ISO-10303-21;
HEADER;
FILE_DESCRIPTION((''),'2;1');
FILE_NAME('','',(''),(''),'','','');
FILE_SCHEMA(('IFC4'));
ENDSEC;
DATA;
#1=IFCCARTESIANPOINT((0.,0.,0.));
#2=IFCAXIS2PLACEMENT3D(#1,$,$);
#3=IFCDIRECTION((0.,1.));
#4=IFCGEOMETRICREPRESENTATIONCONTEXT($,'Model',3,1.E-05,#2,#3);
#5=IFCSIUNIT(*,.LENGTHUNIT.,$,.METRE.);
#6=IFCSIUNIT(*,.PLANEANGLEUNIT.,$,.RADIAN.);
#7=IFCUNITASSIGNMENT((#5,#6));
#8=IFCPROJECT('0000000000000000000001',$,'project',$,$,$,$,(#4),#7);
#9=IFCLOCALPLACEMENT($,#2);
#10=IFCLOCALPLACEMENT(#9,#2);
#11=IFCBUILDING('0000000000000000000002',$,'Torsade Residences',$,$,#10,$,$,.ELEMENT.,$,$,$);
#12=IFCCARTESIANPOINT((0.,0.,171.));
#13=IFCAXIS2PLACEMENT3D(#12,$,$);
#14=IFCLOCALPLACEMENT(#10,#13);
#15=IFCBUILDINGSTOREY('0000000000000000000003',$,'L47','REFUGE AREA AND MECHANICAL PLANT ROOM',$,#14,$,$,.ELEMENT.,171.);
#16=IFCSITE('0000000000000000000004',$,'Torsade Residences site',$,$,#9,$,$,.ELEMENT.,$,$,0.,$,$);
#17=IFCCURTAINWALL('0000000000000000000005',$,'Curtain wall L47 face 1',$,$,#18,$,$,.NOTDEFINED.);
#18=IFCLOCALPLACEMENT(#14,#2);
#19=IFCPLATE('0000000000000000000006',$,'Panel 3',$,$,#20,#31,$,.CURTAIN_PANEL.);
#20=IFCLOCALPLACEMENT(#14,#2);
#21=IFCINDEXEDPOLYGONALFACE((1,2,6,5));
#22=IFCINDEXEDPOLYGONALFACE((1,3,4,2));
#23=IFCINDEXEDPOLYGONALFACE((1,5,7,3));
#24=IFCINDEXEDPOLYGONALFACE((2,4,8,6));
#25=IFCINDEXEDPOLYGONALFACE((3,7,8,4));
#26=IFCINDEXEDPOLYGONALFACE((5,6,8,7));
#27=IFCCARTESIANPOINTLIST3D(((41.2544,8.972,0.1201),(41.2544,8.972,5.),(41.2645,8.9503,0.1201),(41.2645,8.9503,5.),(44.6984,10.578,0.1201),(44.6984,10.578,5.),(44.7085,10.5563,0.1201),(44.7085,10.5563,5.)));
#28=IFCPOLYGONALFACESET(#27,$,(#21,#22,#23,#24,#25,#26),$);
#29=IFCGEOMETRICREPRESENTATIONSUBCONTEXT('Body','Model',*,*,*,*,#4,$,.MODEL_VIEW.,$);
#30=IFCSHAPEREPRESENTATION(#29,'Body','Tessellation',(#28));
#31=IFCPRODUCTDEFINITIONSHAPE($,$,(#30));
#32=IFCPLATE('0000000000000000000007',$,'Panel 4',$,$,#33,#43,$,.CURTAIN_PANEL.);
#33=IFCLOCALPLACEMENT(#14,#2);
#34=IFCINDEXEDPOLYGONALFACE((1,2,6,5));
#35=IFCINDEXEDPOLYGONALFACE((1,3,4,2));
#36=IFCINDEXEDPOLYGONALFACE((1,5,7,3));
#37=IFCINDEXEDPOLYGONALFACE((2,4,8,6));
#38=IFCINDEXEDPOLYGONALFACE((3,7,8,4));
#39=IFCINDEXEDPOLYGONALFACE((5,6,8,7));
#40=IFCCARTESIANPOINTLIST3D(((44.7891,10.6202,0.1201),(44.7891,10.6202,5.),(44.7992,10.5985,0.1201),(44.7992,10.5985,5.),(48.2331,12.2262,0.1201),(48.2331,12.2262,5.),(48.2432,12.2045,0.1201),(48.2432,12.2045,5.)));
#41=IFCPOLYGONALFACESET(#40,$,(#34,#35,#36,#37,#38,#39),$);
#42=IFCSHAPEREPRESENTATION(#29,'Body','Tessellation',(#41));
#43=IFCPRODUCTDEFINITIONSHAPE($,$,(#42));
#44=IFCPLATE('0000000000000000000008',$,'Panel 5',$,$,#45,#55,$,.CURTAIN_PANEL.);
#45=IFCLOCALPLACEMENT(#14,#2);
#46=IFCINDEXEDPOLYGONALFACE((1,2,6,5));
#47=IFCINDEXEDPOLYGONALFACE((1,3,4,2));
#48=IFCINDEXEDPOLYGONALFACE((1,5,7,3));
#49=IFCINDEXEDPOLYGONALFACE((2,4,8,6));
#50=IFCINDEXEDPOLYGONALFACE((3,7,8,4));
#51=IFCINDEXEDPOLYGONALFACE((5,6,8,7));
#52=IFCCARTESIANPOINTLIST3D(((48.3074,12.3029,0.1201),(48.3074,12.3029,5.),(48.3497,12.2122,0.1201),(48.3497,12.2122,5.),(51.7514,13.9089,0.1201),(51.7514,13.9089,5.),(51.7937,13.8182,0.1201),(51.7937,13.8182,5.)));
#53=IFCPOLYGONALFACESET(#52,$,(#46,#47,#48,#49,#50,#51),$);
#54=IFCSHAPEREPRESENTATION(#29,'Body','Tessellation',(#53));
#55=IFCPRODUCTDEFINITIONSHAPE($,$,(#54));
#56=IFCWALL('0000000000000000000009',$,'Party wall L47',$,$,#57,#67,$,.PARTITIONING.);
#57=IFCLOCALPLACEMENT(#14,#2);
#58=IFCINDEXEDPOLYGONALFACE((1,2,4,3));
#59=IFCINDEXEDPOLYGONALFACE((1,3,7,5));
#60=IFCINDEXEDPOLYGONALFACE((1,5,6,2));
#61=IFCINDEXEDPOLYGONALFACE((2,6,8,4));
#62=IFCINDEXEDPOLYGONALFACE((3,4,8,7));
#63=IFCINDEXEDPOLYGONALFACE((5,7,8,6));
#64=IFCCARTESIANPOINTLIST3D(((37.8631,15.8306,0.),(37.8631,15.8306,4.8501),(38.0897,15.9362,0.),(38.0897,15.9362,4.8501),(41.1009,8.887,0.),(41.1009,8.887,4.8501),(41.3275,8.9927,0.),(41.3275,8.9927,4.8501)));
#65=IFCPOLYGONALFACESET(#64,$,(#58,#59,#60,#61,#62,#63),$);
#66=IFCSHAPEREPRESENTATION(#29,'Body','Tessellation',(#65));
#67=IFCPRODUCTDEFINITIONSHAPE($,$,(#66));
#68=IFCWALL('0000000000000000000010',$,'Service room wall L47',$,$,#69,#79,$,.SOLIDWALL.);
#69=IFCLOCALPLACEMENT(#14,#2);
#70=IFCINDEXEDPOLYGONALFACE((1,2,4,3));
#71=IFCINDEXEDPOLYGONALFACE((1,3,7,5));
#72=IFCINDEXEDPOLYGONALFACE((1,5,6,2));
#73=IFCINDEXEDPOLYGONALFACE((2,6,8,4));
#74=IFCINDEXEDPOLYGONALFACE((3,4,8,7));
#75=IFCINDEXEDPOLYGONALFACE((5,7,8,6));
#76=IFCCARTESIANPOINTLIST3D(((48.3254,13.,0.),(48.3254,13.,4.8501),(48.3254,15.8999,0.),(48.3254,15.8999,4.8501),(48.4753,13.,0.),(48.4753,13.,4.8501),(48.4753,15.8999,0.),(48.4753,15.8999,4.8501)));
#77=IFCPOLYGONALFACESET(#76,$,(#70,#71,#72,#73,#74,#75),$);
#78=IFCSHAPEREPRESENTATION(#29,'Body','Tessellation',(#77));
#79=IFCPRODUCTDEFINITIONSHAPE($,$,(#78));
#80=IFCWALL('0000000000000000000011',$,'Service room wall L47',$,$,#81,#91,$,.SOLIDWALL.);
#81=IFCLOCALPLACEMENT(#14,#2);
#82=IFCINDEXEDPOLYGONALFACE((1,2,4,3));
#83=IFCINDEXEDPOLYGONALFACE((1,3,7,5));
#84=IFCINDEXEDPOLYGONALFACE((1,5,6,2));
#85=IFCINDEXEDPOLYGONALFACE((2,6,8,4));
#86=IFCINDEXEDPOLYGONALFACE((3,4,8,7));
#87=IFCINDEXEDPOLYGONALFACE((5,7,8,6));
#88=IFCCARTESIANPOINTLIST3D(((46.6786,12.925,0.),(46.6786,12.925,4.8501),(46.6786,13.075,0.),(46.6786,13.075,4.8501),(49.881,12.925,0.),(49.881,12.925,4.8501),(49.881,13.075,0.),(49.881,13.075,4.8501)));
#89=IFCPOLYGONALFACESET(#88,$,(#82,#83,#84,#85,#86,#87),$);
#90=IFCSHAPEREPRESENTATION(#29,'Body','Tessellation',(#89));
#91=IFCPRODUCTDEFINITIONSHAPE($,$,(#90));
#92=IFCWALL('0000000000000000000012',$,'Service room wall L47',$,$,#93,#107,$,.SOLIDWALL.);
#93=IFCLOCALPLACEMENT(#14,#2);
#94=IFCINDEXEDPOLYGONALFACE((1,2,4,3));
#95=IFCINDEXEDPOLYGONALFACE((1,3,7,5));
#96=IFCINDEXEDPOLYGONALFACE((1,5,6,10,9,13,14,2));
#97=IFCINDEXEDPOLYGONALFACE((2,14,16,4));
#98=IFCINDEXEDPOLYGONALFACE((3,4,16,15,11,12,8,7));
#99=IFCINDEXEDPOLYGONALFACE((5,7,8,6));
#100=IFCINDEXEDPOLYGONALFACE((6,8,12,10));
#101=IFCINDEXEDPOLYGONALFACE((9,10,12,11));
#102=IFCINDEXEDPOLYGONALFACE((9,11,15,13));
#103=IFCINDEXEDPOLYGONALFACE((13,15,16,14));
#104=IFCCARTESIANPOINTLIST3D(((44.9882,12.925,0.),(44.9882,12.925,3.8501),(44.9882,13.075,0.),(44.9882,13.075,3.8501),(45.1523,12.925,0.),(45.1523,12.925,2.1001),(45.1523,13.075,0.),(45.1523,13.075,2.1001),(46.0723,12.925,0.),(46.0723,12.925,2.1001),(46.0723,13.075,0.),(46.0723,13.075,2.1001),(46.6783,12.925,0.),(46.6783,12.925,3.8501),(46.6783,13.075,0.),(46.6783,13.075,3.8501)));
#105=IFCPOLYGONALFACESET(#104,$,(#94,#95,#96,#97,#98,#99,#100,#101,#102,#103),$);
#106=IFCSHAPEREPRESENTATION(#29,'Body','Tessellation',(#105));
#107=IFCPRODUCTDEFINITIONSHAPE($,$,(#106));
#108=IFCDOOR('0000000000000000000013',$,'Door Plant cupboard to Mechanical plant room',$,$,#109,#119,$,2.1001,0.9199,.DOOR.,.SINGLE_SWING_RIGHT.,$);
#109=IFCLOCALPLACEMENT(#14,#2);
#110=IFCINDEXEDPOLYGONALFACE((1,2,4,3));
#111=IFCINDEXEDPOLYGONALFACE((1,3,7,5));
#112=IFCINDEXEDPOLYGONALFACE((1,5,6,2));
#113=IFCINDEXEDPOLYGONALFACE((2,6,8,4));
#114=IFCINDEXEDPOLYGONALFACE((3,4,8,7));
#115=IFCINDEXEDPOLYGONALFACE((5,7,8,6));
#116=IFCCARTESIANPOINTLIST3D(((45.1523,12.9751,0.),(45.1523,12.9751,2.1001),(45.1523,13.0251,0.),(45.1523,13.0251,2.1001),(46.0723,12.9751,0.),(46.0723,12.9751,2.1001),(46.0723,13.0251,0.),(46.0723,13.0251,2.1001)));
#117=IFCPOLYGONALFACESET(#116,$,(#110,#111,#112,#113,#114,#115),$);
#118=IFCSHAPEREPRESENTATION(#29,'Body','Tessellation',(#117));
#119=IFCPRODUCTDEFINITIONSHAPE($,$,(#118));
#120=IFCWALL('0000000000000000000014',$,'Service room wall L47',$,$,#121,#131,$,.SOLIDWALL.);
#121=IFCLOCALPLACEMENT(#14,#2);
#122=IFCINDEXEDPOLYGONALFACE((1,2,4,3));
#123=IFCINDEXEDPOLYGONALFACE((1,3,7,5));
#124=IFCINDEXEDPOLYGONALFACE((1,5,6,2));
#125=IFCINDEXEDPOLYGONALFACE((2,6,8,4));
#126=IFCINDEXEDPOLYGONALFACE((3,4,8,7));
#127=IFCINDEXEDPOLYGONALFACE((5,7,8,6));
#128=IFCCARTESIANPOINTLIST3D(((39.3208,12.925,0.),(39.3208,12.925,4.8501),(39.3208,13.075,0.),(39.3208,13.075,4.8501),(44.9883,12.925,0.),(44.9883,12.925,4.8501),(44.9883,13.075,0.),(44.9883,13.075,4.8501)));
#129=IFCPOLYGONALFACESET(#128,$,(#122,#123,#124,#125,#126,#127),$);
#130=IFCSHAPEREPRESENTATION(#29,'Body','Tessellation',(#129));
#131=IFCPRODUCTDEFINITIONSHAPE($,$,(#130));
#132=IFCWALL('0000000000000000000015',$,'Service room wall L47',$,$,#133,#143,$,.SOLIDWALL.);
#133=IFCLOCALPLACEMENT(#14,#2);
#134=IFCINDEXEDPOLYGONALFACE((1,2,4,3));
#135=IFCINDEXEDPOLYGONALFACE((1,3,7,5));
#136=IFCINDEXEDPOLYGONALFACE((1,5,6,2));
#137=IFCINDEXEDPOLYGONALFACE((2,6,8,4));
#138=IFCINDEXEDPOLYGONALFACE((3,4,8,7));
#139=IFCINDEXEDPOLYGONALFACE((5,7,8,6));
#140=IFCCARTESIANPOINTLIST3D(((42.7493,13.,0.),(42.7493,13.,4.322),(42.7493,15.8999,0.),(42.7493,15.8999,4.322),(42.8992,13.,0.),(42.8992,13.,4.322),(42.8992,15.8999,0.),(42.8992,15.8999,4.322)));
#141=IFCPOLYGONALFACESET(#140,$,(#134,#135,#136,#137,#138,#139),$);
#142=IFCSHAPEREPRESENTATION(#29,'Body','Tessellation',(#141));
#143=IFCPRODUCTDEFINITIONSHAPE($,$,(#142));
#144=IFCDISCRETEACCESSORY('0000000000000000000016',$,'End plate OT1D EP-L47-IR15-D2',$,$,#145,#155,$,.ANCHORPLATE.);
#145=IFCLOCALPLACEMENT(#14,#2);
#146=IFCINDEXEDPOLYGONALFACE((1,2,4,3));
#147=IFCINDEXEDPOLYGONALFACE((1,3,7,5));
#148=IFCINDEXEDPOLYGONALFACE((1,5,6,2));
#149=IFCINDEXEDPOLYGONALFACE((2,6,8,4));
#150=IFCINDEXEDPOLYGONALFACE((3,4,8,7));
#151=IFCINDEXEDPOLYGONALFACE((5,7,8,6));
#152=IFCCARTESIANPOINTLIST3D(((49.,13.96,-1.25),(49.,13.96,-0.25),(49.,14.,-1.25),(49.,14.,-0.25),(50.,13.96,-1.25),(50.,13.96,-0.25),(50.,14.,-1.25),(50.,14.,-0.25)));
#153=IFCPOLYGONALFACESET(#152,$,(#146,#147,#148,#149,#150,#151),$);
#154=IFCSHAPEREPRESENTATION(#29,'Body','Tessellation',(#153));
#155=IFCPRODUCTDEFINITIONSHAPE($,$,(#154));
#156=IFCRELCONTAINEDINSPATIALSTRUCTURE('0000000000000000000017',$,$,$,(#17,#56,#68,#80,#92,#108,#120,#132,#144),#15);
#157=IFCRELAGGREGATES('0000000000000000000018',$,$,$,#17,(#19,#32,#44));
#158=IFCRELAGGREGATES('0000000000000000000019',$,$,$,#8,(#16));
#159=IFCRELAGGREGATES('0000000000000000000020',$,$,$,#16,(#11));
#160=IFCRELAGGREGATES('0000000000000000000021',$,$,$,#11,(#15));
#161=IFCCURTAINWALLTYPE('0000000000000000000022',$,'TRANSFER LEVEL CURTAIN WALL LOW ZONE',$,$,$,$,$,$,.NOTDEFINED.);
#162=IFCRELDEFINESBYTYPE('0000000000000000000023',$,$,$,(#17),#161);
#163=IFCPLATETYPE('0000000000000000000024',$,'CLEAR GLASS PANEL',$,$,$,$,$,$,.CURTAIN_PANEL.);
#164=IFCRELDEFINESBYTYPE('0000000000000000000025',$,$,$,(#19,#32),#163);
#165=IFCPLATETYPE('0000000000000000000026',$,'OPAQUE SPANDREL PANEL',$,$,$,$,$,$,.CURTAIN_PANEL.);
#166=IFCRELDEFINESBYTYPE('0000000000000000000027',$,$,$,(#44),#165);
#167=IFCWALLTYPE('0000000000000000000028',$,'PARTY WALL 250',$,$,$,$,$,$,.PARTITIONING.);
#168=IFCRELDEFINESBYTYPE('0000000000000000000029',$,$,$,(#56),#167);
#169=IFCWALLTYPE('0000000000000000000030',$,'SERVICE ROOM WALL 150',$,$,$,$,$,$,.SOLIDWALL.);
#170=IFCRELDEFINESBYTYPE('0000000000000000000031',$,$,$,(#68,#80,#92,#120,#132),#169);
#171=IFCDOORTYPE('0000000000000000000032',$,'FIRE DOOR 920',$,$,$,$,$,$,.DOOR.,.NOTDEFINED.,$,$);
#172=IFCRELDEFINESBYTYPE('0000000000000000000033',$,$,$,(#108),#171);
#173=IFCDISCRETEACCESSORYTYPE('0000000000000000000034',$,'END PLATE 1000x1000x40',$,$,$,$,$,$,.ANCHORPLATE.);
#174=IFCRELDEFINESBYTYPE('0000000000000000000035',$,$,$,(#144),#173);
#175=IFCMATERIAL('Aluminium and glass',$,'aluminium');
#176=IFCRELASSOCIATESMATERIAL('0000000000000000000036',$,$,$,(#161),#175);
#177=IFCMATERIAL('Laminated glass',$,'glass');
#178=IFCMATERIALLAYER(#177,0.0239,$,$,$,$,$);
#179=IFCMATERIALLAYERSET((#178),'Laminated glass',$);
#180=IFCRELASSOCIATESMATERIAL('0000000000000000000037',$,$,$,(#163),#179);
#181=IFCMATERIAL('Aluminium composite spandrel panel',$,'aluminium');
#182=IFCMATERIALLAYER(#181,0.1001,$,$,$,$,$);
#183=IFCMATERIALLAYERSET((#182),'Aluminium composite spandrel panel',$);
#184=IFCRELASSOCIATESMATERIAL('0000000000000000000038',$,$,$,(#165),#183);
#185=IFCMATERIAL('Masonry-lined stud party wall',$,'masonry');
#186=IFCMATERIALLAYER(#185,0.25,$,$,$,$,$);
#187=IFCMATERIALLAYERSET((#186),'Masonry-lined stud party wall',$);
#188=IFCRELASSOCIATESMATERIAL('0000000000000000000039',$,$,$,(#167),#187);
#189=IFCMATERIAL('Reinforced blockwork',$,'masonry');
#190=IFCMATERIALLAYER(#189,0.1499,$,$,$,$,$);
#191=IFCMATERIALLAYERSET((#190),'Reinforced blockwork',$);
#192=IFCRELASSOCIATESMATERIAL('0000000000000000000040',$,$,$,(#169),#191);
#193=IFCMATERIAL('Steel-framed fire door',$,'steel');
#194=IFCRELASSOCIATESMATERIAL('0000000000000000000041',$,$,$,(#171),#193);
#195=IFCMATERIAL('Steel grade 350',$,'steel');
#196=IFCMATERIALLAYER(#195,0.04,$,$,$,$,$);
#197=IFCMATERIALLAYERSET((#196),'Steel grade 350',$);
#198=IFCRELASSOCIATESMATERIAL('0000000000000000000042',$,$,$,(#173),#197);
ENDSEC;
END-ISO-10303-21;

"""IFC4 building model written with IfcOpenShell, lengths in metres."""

from ifc_helpers import new_model, si_unit, direction, frame, frame_2d, origin, origin_2d, place, context, subcontext, project, spatial, rectangle, extrude, material, layer, layer_set, type_object, element, fill, aggregate, save


model = new_model("IFC4")

# Units and contexts
model_context = context("Model", 3, precision=1e-05, world=origin(), true_north=direction((0.0, 1.0)))
body_context = subcontext(model_context, "Body", "Model", "MODEL_VIEW")
ifc_project = project(units=[si_unit("LENGTHUNIT", "METRE"), si_unit("PLANEANGLEUNIT", "RADIAN")], contexts=[model_context])

# Site, building, storey
site_placement = place(None, origin())
site = spatial("IfcSite", under=ifc_project, at=site_placement, Name="Torsade Residences site", CompositionType="ELEMENT", RefElevation=0.0)
building_placement = place(site_placement, origin())
building = spatial("IfcBuilding", under=site, at=building_placement, Name="Torsade Residences", CompositionType="ELEMENT")
storey_placement = place(building_placement, frame((0.0, 0.0, 171.0)))
storey = spatial("IfcBuildingStorey", under=building, at=storey_placement, Name="L47", Description="REFUGE AREA AND MECHANICAL PLANT ROOM", CompositionType="ELEMENT", Elevation=171.0)

# Curtain wall
ifc_material_1 = material(Name="Aluminium and glass", Category="aluminium")
curtain_wall_type = type_object("IfcCurtainWallType", Name="TRANSFER LEVEL CURTAIN WALL LOW ZONE", PredefinedType="NOTDEFINED", material=ifc_material_1)
curtain_wall_placement = place(storey_placement, origin())
curtain_wall = element("IfcCurtainWall", 1, at=curtain_wall_placement, inside=storey, type_object=curtain_wall_type, Name="Curtain wall L47 face 1", PredefinedType="NOTDEFINED")

# Plates
ifc_material_2 = material(Name="Laminated glass", Category="glass")
ifc_layer_1 = layer(ifc_material_2, 0.0239)
ifc_layer_set_1 = layer_set([ifc_layer_1], Name="Laminated glass")
plate_type_1 = type_object("IfcPlateType", Name="CLEAR GLASS PANEL", PredefinedType="CURTAIN_PANEL", material=ifc_layer_set_1)
plate_1_placement = place(storey_placement, frame((42.9814, 9.7642, 0.1201), z_axis=(0.0, 0.0, 1.0), x_axis=(0.906308, 0.422618, 0.0)))
plate_1 = element("IfcPlate", 2, at=plate_1_placement, type_object=plate_type_1, Name="Panel 3", PredefinedType="CURTAIN_PANEL", context=body_context, shape_type="SweptSolid", body=[
    extrude(rectangle(XDim=3.8, YDim=0.0239, at=origin_2d()), origin(), (0.0, 0.0, 1.0), 4.8799),
])
plate_2_placement = place(storey_placement, frame((46.5161, 11.4124, 0.1201), z_axis=(0.0, 0.0, 1.0), x_axis=(0.906308, 0.422618, 0.0)))
plate_2 = element("IfcPlate", 3, at=plate_2_placement, type_object=plate_type_1, Name="Panel 4", PredefinedType="CURTAIN_PANEL", context=body_context, shape_type="SweptSolid", body=[
    extrude(rectangle(XDim=3.8, YDim=0.0239, at=origin_2d()), origin(), (0.0, 0.0, 1.0), 4.8799),
])
ifc_material_3 = material(Name="Aluminium composite spandrel panel", Category="aluminium")
ifc_layer_2 = layer(ifc_material_3, 0.1001)
ifc_layer_set_2 = layer_set([ifc_layer_2], Name="Aluminium composite spandrel panel")
plate_type_2 = type_object("IfcPlateType", Name="OPAQUE SPANDREL PANEL", PredefinedType="CURTAIN_PANEL", material=ifc_layer_set_2)
plate_3_placement = place(storey_placement, frame((50.0505, 13.0605, 0.1201), z_axis=(0.0, 0.0, 1.0), x_axis=(0.906308, 0.422618, 0.0)))
plate_3 = element("IfcPlate", 4, at=plate_3_placement, type_object=plate_type_2, Name="Panel 5", PredefinedType="CURTAIN_PANEL", context=body_context, shape_type="SweptSolid", body=[
    extrude(rectangle(XDim=3.8, YDim=0.1001, at=origin_2d()), origin(), (0.0, 0.0, 1.0), 4.8799),
])
aggregate(curtain_wall, [plate_1, plate_2, plate_3])

# Walls
ifc_material_4 = material(Name="Masonry-lined stud party wall", Category="masonry")
ifc_layer_3 = layer(ifc_material_4, 0.25)
ifc_layer_set_3 = layer_set([ifc_layer_3], Name="Masonry-lined stud party wall")
wall_type_1 = type_object("IfcWallType", Name="PARTY WALL 250", PredefinedType="PARTITIONING", material=ifc_layer_set_3)
wall_1_placement = place(storey_placement, frame((41.2141, 8.9399, 0.0), z_axis=(0.0, 0.0, 1.0), x_axis=(-0.422612, 0.906311, 0.0)))
element("IfcWall", 5, at=wall_1_placement, inside=storey, type_object=wall_type_1, Name="Party wall L47", PredefinedType="PARTITIONING", context=body_context, shape_type="SweptSolid", body=[
    extrude(rectangle(XDim=7.6614, YDim=0.25, at=frame_2d((3.8306, 0.0))), origin(), (0.0, 0.0, 1.0), 4.8501),
])
ifc_material_5 = material(Name="Reinforced blockwork", Category="masonry")
ifc_layer_4 = layer(ifc_material_5, 0.1499)
ifc_layer_set_4 = layer_set([ifc_layer_4], Name="Reinforced blockwork")
wall_type_2 = type_object("IfcWallType", Name="SERVICE ROOM WALL 150", PredefinedType="SOLIDWALL", material=ifc_layer_set_4)
wall_2_placement = place(storey_placement, frame((48.4004, 13.0, 0.0), z_axis=(0.0, 0.0, 1.0), x_axis=(0.0, 1.0, 0.0)))
element("IfcWall", 6, at=wall_2_placement, inside=storey, type_object=wall_type_2, Name="Service room wall L47", PredefinedType="SOLIDWALL", context=body_context, shape_type="SweptSolid", body=[
    extrude(rectangle(XDim=2.8999, YDim=0.1499, at=frame_2d((1.45, 0.0))), origin(), (0.0, 0.0, 1.0), 4.8501),
])
wall_3_placement = place(storey_placement, frame((49.8809, 13.0, 0.0), z_axis=(0.0, 0.0, 1.0), x_axis=(-1.0, 0.0, 0.0)))
element("IfcWall", 7, at=wall_3_placement, inside=storey, type_object=wall_type_2, Name="Service room wall L47", PredefinedType="SOLIDWALL", context=body_context, shape_type="SweptSolid", body=[
    extrude(rectangle(XDim=3.2024, YDim=0.1499, at=frame_2d((1.6011, 0.0))), origin(), (0.0, 0.0, 1.0), 4.8501),
])

# Wall, opening, door
wall_4_placement = place(storey_placement, frame((46.6785, 13.0, 0.0), z_axis=(0.0, 0.0, 1.0), x_axis=(-1.0, 0.0, 0.0)))
wall_4 = element("IfcWall", 8, at=wall_4_placement, inside=storey, type_object=wall_type_2, Name="Service room wall L47", PredefinedType="SOLIDWALL", context=body_context, shape_type="SweptSolid", body=[
    extrude(rectangle(XDim=1.6902, YDim=0.1499, at=frame_2d((0.8452, 0.0))), origin(), (0.0, 0.0, 1.0), 3.8501),
])
opening_placement = place(wall_4_placement, frame((0.6062, 0.0, 0.0)))
opening = element("IfcOpeningElement", 9, at=opening_placement, cuts=wall_4, PredefinedType="OPENING", context=body_context, shape_type="SweptSolid", body=[
    extrude(rectangle(XDim=0.9199, YDim=2.1001, at=frame_2d((0.46, 1.05))), frame((0.0, 0.085, 0.0), z_axis=(0.0, -1.0, 0.0), x_axis=(1.0, 0.0, 0.0)), (0.0, 0.0, 1.0), 0.1699),
])
ifc_material_6 = material(Name="Steel-framed fire door", Category="steel")
door_type = type_object("IfcDoorType", Name="FIRE DOOR 920", OperationType="NOTDEFINED", PredefinedType="DOOR", material=ifc_material_6)
door_placement = place(opening_placement, origin())
door = element("IfcDoor", 10, at=door_placement, inside=storey, type_object=door_type, Name="Door Plant cupboard to Mechanical plant room", OperationType="SINGLE_SWING_RIGHT", OverallHeight=2.1001, OverallWidth=0.9199, PredefinedType="DOOR", context=body_context, shape_type="SweptSolid", body=[
    extrude(rectangle(XDim=0.9199, YDim=2.1001, at=frame_2d((0.46, 1.05))), frame((0.0, 0.0249, 0.0), z_axis=(0.0, -1.0, 0.0), x_axis=(1.0, 0.0, 0.0)), (0.0, 0.0, 1.0), 0.05),
])
fill(opening, door)

# Walls
wall_5_placement = place(storey_placement, frame((44.9883, 13.0, 0.0), z_axis=(0.0, 0.0, 1.0), x_axis=(-1.0, 0.0, 0.0)))
element("IfcWall", 11, at=wall_5_placement, inside=storey, type_object=wall_type_2, Name="Service room wall L47", PredefinedType="SOLIDWALL", context=body_context, shape_type="SweptSolid", body=[
    extrude(rectangle(XDim=5.6675, YDim=0.1499, at=frame_2d((2.8337, 0.0))), origin(), (0.0, 0.0, 1.0), 4.8501),
])
wall_6_placement = place(storey_placement, frame((42.8242, 13.0, 0.0), z_axis=(0.0, 0.0, 1.0), x_axis=(0.0, 1.0, 0.0)))
element("IfcWall", 12, at=wall_6_placement, inside=storey, type_object=wall_type_2, Name="Service room wall L47", PredefinedType="SOLIDWALL", context=body_context, shape_type="SweptSolid", body=[
    extrude(rectangle(XDim=2.8999, YDim=0.1499, at=frame_2d((1.45, 0.0))), origin(), (0.0, 0.0, 1.0), 4.322),
])

# Discrete accessory
ifc_material_7 = material(Name="Steel grade 350", Category="steel")
ifc_layer_5 = layer(ifc_material_7, 0.04)
ifc_layer_set_5 = layer_set([ifc_layer_5], Name="Steel grade 350")
discrete_accessory_type = type_object("IfcDiscreteAccessoryType", Name="END PLATE 1000x1000x40", PredefinedType="ANCHORPLATE", material=ifc_layer_set_5)
discrete_accessory_placement = place(storey_placement, frame((49.5, 13.98, -1.25), z_axis=(0.0, 0.0, 1.0), x_axis=(1.0, 0.0, 0.0)))
element("IfcDiscreteAccessory", 13, at=discrete_accessory_placement, inside=storey, type_object=discrete_accessory_type, Name="End plate OT1D EP-L47-IR15-D2", PredefinedType="ANCHORPLATE", context=body_context, shape_type="SweptSolid", body=[
    extrude(rectangle(XDim=1.0, YDim=0.04, at=origin_2d()), origin(), (0.0, 0.0, 1.0), 1.0),
])

save(model, "model.ifc")
